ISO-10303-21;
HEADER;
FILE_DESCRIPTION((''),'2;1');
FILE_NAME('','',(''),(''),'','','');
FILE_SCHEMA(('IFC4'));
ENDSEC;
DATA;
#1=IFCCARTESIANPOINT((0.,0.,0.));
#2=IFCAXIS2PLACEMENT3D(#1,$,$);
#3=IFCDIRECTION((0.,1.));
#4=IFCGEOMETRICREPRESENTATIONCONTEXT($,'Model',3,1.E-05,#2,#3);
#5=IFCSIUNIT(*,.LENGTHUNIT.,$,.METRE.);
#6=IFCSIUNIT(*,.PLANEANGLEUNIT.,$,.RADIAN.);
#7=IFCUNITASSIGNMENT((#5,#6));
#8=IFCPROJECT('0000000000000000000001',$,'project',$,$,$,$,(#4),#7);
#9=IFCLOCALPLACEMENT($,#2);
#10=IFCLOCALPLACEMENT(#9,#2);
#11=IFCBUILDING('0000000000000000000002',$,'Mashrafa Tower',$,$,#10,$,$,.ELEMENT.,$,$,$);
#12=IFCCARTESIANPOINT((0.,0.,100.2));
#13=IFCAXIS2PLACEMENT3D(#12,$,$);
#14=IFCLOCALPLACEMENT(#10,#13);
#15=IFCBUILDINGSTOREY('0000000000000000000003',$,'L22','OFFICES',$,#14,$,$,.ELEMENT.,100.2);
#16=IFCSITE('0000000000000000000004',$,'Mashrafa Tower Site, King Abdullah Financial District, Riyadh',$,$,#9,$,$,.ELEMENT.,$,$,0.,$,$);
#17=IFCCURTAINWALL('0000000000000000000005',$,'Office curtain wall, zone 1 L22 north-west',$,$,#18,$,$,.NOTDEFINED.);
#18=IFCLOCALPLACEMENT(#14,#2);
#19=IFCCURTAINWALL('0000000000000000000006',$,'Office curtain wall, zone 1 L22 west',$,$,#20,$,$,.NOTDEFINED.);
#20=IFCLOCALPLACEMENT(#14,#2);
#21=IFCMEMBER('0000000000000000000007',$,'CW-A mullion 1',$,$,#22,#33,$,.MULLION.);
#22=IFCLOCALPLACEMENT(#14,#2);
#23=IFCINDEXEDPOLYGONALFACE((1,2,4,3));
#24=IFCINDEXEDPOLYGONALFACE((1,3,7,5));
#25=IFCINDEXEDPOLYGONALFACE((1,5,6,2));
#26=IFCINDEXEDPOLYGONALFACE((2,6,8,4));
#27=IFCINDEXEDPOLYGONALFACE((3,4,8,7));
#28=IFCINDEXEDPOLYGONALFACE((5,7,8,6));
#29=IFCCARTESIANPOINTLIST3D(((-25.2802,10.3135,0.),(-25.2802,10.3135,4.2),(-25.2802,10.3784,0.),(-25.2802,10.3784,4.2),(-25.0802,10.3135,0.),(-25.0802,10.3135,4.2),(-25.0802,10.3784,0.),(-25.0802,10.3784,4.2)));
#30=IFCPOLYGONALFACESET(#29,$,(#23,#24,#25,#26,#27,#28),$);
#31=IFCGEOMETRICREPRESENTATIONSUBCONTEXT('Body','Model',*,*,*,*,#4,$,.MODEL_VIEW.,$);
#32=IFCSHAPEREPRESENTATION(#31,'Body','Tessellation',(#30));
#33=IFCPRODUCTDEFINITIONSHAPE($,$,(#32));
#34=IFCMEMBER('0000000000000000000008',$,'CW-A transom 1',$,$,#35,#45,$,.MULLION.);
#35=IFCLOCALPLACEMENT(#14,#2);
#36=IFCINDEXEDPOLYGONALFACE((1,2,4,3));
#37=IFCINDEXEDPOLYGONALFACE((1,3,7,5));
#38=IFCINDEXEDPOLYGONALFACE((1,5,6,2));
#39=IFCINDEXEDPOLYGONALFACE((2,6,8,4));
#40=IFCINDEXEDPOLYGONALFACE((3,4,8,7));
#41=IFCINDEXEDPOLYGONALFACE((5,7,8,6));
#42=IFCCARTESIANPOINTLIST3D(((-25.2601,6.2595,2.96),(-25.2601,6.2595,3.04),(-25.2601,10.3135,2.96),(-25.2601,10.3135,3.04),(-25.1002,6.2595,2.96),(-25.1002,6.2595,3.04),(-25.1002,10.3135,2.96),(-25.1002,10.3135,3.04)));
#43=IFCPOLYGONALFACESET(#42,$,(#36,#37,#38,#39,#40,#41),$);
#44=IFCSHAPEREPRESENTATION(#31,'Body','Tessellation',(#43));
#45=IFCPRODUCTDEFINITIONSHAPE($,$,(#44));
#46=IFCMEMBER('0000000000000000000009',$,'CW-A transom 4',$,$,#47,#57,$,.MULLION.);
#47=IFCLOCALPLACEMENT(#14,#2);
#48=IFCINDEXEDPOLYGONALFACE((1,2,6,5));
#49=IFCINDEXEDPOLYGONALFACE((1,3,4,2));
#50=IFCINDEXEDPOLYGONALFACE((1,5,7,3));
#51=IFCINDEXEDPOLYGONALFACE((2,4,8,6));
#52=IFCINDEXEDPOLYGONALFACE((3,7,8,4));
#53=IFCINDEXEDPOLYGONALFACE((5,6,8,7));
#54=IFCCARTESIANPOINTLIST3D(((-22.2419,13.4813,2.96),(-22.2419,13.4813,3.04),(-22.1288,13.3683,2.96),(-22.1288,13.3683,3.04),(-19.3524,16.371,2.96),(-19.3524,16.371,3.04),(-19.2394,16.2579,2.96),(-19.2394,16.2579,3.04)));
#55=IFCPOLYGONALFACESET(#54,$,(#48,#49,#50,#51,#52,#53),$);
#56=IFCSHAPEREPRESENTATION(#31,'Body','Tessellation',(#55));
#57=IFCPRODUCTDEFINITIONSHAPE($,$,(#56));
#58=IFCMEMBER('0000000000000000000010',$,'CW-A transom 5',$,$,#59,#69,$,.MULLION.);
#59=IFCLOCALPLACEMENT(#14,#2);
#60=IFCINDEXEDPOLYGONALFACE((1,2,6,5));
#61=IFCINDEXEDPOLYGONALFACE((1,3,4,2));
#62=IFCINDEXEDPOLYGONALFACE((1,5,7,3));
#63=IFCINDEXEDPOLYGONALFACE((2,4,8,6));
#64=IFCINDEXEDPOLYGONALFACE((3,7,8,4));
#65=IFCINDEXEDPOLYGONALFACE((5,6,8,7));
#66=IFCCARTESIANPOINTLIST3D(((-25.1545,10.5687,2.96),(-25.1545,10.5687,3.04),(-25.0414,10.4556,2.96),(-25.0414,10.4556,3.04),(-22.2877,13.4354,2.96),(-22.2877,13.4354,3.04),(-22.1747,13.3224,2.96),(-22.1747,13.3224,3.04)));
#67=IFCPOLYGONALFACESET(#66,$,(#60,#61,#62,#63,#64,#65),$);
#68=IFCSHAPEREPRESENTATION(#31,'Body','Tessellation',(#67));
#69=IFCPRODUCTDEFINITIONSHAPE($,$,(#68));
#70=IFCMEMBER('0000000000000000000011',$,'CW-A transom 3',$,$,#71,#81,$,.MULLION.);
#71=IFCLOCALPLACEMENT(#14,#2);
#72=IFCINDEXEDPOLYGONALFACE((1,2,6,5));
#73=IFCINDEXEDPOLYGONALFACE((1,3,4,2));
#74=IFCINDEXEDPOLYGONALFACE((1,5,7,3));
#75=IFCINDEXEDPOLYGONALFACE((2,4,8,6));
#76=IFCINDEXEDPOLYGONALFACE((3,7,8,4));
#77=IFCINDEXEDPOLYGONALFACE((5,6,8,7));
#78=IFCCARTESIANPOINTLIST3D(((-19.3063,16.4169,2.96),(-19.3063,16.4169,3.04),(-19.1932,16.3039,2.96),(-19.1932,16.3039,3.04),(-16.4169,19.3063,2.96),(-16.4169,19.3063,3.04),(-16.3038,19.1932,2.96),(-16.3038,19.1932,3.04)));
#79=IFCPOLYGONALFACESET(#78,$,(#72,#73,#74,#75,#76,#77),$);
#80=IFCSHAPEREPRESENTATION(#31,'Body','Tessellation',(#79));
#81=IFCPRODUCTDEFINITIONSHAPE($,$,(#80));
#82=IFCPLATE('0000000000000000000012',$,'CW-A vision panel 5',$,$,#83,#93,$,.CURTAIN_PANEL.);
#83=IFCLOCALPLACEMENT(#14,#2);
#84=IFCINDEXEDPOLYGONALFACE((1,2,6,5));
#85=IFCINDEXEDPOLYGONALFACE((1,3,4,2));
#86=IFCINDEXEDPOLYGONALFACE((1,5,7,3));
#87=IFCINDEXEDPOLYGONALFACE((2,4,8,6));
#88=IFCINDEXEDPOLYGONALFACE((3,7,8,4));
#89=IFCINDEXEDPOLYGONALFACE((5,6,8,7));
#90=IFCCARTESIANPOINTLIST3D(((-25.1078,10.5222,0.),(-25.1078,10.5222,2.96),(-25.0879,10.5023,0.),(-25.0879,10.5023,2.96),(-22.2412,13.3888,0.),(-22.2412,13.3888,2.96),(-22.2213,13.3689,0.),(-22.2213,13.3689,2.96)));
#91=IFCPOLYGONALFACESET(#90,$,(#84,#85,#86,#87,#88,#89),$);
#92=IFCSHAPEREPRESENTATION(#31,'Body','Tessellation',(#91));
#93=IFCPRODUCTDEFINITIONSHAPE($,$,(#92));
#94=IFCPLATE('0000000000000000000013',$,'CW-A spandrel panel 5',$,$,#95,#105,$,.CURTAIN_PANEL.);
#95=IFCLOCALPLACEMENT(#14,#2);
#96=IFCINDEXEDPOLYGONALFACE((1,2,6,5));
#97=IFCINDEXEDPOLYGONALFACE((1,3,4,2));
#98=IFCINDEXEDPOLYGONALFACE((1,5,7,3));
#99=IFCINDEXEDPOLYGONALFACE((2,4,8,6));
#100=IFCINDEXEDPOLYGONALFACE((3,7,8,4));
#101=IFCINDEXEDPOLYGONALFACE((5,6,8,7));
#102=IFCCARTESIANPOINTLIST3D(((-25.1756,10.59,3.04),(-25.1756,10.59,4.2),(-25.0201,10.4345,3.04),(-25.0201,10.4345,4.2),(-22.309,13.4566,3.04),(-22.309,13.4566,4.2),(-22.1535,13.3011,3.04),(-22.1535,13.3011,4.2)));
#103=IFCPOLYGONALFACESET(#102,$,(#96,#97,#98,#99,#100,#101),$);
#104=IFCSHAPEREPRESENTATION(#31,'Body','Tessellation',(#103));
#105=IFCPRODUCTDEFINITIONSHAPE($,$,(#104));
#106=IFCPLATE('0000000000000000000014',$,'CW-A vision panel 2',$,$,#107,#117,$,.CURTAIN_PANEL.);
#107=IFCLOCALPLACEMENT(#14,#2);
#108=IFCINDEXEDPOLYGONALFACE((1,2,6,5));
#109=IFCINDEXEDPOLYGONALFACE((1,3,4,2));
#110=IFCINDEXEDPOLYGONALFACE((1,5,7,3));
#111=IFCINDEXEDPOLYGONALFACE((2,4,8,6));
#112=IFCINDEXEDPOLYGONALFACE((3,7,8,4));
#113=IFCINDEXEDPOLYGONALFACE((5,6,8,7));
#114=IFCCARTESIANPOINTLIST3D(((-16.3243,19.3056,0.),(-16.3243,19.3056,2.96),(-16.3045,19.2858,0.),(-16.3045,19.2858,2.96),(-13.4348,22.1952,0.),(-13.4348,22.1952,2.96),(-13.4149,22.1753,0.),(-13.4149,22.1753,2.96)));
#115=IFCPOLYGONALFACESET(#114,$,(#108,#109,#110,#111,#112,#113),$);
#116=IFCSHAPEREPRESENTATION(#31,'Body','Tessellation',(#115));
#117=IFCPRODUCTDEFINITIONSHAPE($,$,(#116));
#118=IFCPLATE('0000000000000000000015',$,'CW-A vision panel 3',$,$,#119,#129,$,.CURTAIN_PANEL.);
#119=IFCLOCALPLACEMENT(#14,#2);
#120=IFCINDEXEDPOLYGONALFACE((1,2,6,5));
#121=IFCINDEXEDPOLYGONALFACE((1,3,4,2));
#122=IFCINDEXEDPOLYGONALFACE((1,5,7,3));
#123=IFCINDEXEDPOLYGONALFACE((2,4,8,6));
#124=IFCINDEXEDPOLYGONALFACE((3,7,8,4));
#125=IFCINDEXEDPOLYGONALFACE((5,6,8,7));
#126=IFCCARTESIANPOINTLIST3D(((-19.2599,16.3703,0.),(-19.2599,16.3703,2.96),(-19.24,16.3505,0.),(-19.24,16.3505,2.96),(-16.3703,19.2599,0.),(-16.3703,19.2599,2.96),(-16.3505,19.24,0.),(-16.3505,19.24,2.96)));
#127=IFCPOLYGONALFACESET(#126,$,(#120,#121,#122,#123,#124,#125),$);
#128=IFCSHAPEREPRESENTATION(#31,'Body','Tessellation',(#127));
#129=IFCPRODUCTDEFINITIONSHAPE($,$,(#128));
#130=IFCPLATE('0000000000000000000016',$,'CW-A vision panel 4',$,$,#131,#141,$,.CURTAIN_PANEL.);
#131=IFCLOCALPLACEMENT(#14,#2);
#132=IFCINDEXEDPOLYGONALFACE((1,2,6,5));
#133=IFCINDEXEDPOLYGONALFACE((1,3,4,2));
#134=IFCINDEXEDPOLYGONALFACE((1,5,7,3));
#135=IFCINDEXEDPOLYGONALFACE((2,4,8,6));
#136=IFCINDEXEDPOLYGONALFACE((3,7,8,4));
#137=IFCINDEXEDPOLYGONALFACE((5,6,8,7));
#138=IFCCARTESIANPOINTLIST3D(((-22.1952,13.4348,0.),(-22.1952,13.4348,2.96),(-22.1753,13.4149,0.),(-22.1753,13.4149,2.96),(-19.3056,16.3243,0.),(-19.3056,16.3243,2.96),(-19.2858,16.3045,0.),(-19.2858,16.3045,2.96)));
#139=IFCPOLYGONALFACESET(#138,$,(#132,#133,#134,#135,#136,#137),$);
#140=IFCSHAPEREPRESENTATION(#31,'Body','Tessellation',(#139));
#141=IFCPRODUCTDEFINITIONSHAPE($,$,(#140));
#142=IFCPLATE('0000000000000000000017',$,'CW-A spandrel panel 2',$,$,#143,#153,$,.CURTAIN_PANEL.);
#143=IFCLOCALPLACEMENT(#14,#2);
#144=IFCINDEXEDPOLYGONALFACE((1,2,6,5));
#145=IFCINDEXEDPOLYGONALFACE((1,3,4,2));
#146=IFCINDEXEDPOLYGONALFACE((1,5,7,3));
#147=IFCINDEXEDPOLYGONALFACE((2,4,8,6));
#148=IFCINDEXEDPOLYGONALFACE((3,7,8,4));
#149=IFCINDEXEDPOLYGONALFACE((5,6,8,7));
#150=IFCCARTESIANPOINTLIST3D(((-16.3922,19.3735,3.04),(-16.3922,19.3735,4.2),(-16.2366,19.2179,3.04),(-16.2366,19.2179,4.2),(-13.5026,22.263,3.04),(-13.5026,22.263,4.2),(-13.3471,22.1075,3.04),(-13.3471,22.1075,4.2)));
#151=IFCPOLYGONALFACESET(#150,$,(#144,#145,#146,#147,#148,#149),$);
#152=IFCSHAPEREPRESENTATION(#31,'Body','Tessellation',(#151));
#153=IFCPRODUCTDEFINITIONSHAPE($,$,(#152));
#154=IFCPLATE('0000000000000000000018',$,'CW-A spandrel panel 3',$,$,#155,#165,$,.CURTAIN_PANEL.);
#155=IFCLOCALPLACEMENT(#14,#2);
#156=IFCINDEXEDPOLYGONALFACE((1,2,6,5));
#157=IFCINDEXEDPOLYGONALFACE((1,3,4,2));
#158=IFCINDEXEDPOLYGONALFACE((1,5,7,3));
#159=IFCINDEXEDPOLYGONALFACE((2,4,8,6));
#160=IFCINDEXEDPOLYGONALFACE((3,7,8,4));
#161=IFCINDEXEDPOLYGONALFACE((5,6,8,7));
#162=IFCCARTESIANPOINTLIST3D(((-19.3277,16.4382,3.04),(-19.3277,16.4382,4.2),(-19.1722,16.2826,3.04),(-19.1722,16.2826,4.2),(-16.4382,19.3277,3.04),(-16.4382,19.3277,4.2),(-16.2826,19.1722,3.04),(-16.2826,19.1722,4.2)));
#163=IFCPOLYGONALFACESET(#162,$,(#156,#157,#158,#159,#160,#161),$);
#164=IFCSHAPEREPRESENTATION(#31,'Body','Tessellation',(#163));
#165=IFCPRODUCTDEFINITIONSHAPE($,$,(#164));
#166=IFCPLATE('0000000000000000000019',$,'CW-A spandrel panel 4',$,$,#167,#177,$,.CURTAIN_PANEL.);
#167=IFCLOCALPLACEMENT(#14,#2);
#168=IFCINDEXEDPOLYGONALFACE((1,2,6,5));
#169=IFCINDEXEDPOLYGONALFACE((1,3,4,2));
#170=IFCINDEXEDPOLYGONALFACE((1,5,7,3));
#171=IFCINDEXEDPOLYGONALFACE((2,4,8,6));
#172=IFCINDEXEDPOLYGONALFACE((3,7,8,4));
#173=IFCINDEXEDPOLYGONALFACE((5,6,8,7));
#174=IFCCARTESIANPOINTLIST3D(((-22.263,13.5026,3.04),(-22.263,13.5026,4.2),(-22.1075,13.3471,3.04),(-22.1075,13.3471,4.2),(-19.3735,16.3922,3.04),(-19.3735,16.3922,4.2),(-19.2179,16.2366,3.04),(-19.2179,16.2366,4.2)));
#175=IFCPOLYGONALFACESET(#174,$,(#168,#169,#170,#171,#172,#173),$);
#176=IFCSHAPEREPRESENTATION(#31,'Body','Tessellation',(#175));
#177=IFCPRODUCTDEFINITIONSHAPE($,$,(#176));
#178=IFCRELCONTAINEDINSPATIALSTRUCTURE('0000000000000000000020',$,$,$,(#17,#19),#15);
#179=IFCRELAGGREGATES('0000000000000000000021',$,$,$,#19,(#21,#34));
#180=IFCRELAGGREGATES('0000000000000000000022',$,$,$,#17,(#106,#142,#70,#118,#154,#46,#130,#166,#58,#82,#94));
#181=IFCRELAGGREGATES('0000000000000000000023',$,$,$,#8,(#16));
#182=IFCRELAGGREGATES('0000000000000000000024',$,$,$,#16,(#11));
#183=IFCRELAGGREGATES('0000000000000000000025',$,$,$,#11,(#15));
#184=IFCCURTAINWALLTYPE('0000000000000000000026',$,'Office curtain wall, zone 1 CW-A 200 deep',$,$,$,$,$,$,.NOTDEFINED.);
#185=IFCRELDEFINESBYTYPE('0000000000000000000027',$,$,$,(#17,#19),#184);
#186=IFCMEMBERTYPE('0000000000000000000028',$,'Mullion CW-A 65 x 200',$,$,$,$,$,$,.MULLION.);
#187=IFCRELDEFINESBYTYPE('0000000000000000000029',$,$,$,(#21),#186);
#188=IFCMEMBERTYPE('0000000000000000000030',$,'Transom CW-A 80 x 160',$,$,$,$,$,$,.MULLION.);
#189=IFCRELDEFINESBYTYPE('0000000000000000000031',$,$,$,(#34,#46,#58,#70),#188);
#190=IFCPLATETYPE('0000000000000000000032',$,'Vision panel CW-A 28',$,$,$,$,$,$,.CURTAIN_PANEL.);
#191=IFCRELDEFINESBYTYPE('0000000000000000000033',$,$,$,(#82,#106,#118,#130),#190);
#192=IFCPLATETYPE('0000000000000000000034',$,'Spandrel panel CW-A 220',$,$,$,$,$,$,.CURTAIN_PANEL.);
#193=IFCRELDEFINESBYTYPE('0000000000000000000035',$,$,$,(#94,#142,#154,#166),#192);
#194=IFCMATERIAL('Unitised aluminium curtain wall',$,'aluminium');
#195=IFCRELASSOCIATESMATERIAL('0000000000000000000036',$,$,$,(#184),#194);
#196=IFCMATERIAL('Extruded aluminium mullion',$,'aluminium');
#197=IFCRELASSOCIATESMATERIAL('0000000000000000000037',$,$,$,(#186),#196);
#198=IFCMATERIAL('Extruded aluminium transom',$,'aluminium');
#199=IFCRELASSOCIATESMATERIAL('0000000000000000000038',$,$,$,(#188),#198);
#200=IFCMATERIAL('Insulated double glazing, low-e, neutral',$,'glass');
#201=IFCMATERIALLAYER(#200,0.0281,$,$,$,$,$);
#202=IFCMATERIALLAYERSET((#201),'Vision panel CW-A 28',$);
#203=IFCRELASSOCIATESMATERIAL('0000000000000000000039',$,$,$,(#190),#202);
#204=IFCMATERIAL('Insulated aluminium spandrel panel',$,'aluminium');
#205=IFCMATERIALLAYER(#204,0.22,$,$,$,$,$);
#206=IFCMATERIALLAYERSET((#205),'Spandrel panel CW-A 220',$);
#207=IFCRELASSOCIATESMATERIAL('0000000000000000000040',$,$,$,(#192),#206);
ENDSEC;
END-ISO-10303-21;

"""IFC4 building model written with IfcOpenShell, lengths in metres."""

from ifc_helpers import new_model, si_unit, direction, frame, origin, origin_2d, place, context, subcontext, project, spatial, rectangle, extrude, source, transform, mapped, material, layer, layer_set, material_profile, profile_set, type_object, type_shapes, element, aggregate, save


model = new_model("IFC4")

# Units and contexts
model_context = context("Model", 3, precision=1e-05, world=origin(), true_north=direction((0.0, 1.0)))
body_context = subcontext(model_context, "Body", "Model", "MODEL_VIEW")
ifc_project = project(units=[si_unit("LENGTHUNIT", "METRE"), si_unit("PLANEANGLEUNIT", "RADIAN")], contexts=[model_context])

# Site, building, storey
site_placement = place(None, origin())
site = spatial("IfcSite", under=ifc_project, at=site_placement, Name="Mashrafa Tower Site, King Abdullah Financial District, Riyadh", CompositionType="ELEMENT", RefElevation=0.0)
building_placement = place(site_placement, origin())
building = spatial("IfcBuilding", under=site, at=building_placement, Name="Mashrafa Tower", CompositionType="ELEMENT")
storey_placement = place(building_placement, frame((0.0, 0.0, 100.2)))
storey = spatial("IfcBuildingStorey", under=building, at=storey_placement, Name="L22", Description="OFFICES", CompositionType="ELEMENT", Elevation=100.2)

# Curtain walls, members
ifc_material_1 = material(Name="Unitised aluminium curtain wall", Category="aluminium")
curtain_wall_type = type_object("IfcCurtainWallType", Name="Office curtain wall, zone 1 CW-A 200 deep", PredefinedType="NOTDEFINED", material=ifc_material_1)
curtain_wall_1_placement = place(storey_placement, origin())
curtain_wall_1 = element("IfcCurtainWall", 1, at=curtain_wall_1_placement, inside=storey, type_object=curtain_wall_type, Name="Office curtain wall, zone 1 L22 north-west", PredefinedType="NOTDEFINED")
ifc_material_2 = material(Name="Extruded aluminium mullion", Category="aluminium")
ifc_material_profile_1 = material_profile(ifc_material_2, rectangle(XDim=0.2, YDim=0.0649, at=origin_2d()), Name="Mullion 65x200")
ifc_profile_set_1 = profile_set([ifc_material_profile_1], Name="Extruded aluminium mullion")
member_type_1 = type_object("IfcMemberType", Name="Mullion CW-A 65 x 200", PredefinedType="MULLION", material=ifc_profile_set_1)
shared_shape_1 = source(origin(), body_context, "Body", "SweptSolid", [
    extrude(rectangle(XDim=0.2, YDim=0.0649, at=origin_2d()), origin(), (0.0, 0.0, 1.0), 4.2),
])
type_shapes(member_type_1, [shared_shape_1])
curtain_wall_2_placement = place(storey_placement, origin())
curtain_wall_2 = element("IfcCurtainWall", 2, at=curtain_wall_2_placement, inside=storey, type_object=curtain_wall_type, Name="Office curtain wall, zone 1 L22 west", PredefinedType="NOTDEFINED")
member_1_placement = place(storey_placement, frame((-25.1802, 10.3459, 0.0), z_axis=(0.0, 0.0, 1.0), x_axis=(1.0, 0.0, 0.0)))
member_1 = element("IfcMember", 3, at=member_1_placement, type_object=member_type_1, Name="CW-A mullion 1", PredefinedType="MULLION", context=body_context, shape_type="MappedRepresentation", body=[
    mapped(shared_shape_1, transform((0.0, 0.0, 0.0))),
])
ifc_material_3 = material(Name="Extruded aluminium transom", Category="aluminium")
ifc_material_profile_2 = material_profile(ifc_material_3, rectangle(XDim=0.1599, YDim=0.0801, at=origin_2d()), Name="Transom 80x160")
ifc_profile_set_2 = profile_set([ifc_material_profile_2], Name="Extruded aluminium transom")
member_type_2 = type_object("IfcMemberType", Name="Transom CW-A 80 x 160", PredefinedType="MULLION", material=ifc_profile_set_2)
shared_shape_2 = source(origin(), body_context, "Body", "SweptSolid", [
    extrude(rectangle(XDim=0.1599, YDim=0.0801, at=origin_2d()), origin(), (0.0, 0.0, 1.0), 4.054),
])
member_2_placement = place(storey_placement, frame((-25.1802, 10.3135, 3.0), z_axis=(0.0, -1.0, 0.0), x_axis=(1.0, 0.0, 0.0)))
member_2 = element("IfcMember", 4, at=member_2_placement, type_object=member_type_2, Name="CW-A transom 1", PredefinedType="MULLION", context=body_context, shape_type="MappedRepresentation", body=[
    mapped(shared_shape_2, transform((0.0, 0.0, 0.0))),
])
aggregate(curtain_wall_2, [member_1, member_2])

# Members
shared_shape_3 = source(origin(), body_context, "Body", "SweptSolid", [
    extrude(rectangle(XDim=0.1599, YDim=0.0801, at=origin_2d()), origin(), (0.0, 0.0, 1.0), 4.0864),
])
member_3_placement = place(storey_placement, frame((-19.2959, 16.3145, 3.0), z_axis=(-0.707077, -0.707137, 0.0), x_axis=(0.707137, -0.707077, 0.0)))
member_3 = element("IfcMember", 5, at=member_3_placement, type_object=member_type_2, Name="CW-A transom 4", PredefinedType="MULLION", context=body_context, shape_type="MappedRepresentation", body=[
    mapped(shared_shape_3, transform((0.0, 0.0, 0.0))),
])
shared_shape_4 = source(origin(), body_context, "Body", "SweptSolid", [
    extrude(rectangle(XDim=0.1599, YDim=0.0801, at=origin_2d()), origin(), (0.0, 0.0, 1.0), 4.0542),
])
member_4_placement = place(storey_placement, frame((-22.2312, 13.3789, 3.0), z_axis=(-0.707107, -0.707107, 0.0), x_axis=(0.707107, -0.707107, 0.0)))
member_4 = element("IfcMember", 6, at=member_4_placement, type_object=member_type_2, Name="CW-A transom 5", PredefinedType="MULLION", context=body_context, shape_type="MappedRepresentation", body=[
    mapped(shared_shape_4, transform((0.0, 0.0, 0.0))),
])
shared_shape_5 = source(origin(), body_context, "Body", "SweptSolid", [
    extrude(rectangle(XDim=0.1599, YDim=0.0801, at=origin_2d()), origin(), (0.0, 0.0, 1.0), 4.0862),
])
type_shapes(member_type_2, [shared_shape_2, shared_shape_3, shared_shape_4, shared_shape_5])
member_5_placement = place(storey_placement, frame((-16.3604, 19.2498, 3.0), z_axis=(-0.707107, -0.707107, 0.0), x_axis=(0.707107, -0.707107, 0.0)))
member_5 = element("IfcMember", 7, at=member_5_placement, type_object=member_type_2, Name="CW-A transom 3", PredefinedType="MULLION", context=body_context, shape_type="MappedRepresentation", body=[
    mapped(shared_shape_5, transform((0.0, 0.0, 0.0))),
])

# Plates
ifc_material_4 = material(Name="Insulated double glazing, low-e, neutral", Category="glass")
ifc_layer_1 = layer(ifc_material_4, 0.0281)
ifc_layer_set_1 = layer_set([ifc_layer_1], Name="Vision panel CW-A 28")
plate_type_1 = type_object("IfcPlateType", Name="Vision panel CW-A 28", PredefinedType="CURTAIN_PANEL", material=ifc_layer_set_1)
shared_shape_6 = source(origin(), body_context, "Body", "SweptSolid", [
    extrude(rectangle(XDim=4.054, YDim=0.0281, at=origin_2d()), origin(), (0.0, 0.0, 1.0), 2.96),
])
plate_1_placement = place(storey_placement, frame((-23.6646, 11.9456, 0.0), z_axis=(0.0, 0.0, 1.0), x_axis=(-0.707107, -0.707107, 0.0)))
plate_1 = element("IfcPlate", 8, at=plate_1_placement, type_object=plate_type_1, Name="CW-A vision panel 5", PredefinedType="CURTAIN_PANEL", context=body_context, shape_type="MappedRepresentation", body=[
    mapped(shared_shape_6, transform((0.0, 0.0, 0.0))),
])
ifc_material_5 = material(Name="Insulated aluminium spandrel panel", Category="aluminium")
ifc_layer_2 = layer(ifc_material_5, 0.22)
ifc_layer_set_2 = layer_set([ifc_layer_2], Name="Spandrel panel CW-A 220")
plate_type_2 = type_object("IfcPlateType", Name="Spandrel panel CW-A 220", PredefinedType="CURTAIN_PANEL", material=ifc_layer_set_2)
shared_shape_7 = source(origin(), body_context, "Body", "SweptSolid", [
    extrude(rectangle(XDim=4.054, YDim=0.22, at=origin_2d()), origin(), (0.0, 0.0, 1.0), 1.1599),
])
plate_2_placement = place(storey_placement, frame((-23.6646, 11.9456, 3.04), z_axis=(0.0, 0.0, 1.0), x_axis=(-0.707107, -0.707107, 0.0)))
plate_2 = element("IfcPlate", 9, at=plate_2_placement, type_object=plate_type_2, Name="CW-A spandrel panel 5", PredefinedType="CURTAIN_PANEL", context=body_context, shape_type="MappedRepresentation", body=[
    mapped(shared_shape_7, transform((0.0, 0.0, 0.0))),
])
shared_shape_8 = source(origin(), body_context, "Body", "SweptSolid", [
    extrude(rectangle(XDim=4.0864, YDim=0.0281, at=origin_2d()), origin(), (0.0, 0.0, 1.0), 2.96),
])
type_shapes(plate_type_1, [shared_shape_6, shared_shape_8])
plate_3_placement = place(storey_placement, frame((-14.8696, 20.7405, 0.0), z_axis=(0.0, 0.0, 1.0), x_axis=(-0.707107, -0.707107, 0.0)))
plate_3 = element("IfcPlate", 10, at=plate_3_placement, type_object=plate_type_1, Name="CW-A vision panel 2", PredefinedType="CURTAIN_PANEL", context=body_context, shape_type="MappedRepresentation", body=[
    mapped(shared_shape_8, transform((0.0, 0.0, 0.0))),
])
plate_4_placement = place(storey_placement, frame((-17.8052, 17.8052, 0.0), z_axis=(0.0, 0.0, 1.0), x_axis=(-0.707107, -0.707107, 0.0)))
plate_4 = element("IfcPlate", 11, at=plate_4_placement, type_object=plate_type_1, Name="CW-A vision panel 3", PredefinedType="CURTAIN_PANEL", context=body_context, shape_type="MappedRepresentation", body=[
    mapped(shared_shape_8, transform((0.0, 0.0, 0.0))),
])
plate_5_placement = place(storey_placement, frame((-20.7405, 14.8696, 0.0), z_axis=(0.0, 0.0, 1.0), x_axis=(-0.707107, -0.707107, 0.0)))
plate_5 = element("IfcPlate", 12, at=plate_5_placement, type_object=plate_type_1, Name="CW-A vision panel 4", PredefinedType="CURTAIN_PANEL", context=body_context, shape_type="MappedRepresentation", body=[
    mapped(shared_shape_8, transform((0.0, 0.0, 0.0))),
])
shared_shape_9 = source(origin(), body_context, "Body", "SweptSolid", [
    extrude(rectangle(XDim=4.0864, YDim=0.22, at=origin_2d()), origin(), (0.0, 0.0, 1.0), 1.1599),
])
type_shapes(plate_type_2, [shared_shape_7, shared_shape_9])
plate_6_placement = place(storey_placement, frame((-14.8696, 20.7405, 3.04), z_axis=(0.0, 0.0, 1.0), x_axis=(-0.707107, -0.707107, 0.0)))
plate_6 = element("IfcPlate", 13, at=plate_6_placement, type_object=plate_type_2, Name="CW-A spandrel panel 2", PredefinedType="CURTAIN_PANEL", context=body_context, shape_type="MappedRepresentation", body=[
    mapped(shared_shape_9, transform((0.0, 0.0, 0.0))),
])
plate_7_placement = place(storey_placement, frame((-17.8052, 17.8052, 3.04), z_axis=(0.0, 0.0, 1.0), x_axis=(-0.707107, -0.707107, 0.0)))
plate_7 = element("IfcPlate", 14, at=plate_7_placement, type_object=plate_type_2, Name="CW-A spandrel panel 3", PredefinedType="CURTAIN_PANEL", context=body_context, shape_type="MappedRepresentation", body=[
    mapped(shared_shape_9, transform((0.0, 0.0, 0.0))),
])
plate_8_placement = place(storey_placement, frame((-20.7405, 14.8696, 3.04), z_axis=(0.0, 0.0, 1.0), x_axis=(-0.707107, -0.707107, 0.0)))
plate_8 = element("IfcPlate", 15, at=plate_8_placement, type_object=plate_type_2, Name="CW-A spandrel panel 4", PredefinedType="CURTAIN_PANEL", context=body_context, shape_type="MappedRepresentation", body=[
    mapped(shared_shape_9, transform((0.0, 0.0, 0.0))),
])
aggregate(curtain_wall_1, [plate_3, plate_6, member_5, plate_4, plate_7, member_3, plate_5, plate_8, member_4, plate_1, plate_2])

save(model, "model.ifc")
